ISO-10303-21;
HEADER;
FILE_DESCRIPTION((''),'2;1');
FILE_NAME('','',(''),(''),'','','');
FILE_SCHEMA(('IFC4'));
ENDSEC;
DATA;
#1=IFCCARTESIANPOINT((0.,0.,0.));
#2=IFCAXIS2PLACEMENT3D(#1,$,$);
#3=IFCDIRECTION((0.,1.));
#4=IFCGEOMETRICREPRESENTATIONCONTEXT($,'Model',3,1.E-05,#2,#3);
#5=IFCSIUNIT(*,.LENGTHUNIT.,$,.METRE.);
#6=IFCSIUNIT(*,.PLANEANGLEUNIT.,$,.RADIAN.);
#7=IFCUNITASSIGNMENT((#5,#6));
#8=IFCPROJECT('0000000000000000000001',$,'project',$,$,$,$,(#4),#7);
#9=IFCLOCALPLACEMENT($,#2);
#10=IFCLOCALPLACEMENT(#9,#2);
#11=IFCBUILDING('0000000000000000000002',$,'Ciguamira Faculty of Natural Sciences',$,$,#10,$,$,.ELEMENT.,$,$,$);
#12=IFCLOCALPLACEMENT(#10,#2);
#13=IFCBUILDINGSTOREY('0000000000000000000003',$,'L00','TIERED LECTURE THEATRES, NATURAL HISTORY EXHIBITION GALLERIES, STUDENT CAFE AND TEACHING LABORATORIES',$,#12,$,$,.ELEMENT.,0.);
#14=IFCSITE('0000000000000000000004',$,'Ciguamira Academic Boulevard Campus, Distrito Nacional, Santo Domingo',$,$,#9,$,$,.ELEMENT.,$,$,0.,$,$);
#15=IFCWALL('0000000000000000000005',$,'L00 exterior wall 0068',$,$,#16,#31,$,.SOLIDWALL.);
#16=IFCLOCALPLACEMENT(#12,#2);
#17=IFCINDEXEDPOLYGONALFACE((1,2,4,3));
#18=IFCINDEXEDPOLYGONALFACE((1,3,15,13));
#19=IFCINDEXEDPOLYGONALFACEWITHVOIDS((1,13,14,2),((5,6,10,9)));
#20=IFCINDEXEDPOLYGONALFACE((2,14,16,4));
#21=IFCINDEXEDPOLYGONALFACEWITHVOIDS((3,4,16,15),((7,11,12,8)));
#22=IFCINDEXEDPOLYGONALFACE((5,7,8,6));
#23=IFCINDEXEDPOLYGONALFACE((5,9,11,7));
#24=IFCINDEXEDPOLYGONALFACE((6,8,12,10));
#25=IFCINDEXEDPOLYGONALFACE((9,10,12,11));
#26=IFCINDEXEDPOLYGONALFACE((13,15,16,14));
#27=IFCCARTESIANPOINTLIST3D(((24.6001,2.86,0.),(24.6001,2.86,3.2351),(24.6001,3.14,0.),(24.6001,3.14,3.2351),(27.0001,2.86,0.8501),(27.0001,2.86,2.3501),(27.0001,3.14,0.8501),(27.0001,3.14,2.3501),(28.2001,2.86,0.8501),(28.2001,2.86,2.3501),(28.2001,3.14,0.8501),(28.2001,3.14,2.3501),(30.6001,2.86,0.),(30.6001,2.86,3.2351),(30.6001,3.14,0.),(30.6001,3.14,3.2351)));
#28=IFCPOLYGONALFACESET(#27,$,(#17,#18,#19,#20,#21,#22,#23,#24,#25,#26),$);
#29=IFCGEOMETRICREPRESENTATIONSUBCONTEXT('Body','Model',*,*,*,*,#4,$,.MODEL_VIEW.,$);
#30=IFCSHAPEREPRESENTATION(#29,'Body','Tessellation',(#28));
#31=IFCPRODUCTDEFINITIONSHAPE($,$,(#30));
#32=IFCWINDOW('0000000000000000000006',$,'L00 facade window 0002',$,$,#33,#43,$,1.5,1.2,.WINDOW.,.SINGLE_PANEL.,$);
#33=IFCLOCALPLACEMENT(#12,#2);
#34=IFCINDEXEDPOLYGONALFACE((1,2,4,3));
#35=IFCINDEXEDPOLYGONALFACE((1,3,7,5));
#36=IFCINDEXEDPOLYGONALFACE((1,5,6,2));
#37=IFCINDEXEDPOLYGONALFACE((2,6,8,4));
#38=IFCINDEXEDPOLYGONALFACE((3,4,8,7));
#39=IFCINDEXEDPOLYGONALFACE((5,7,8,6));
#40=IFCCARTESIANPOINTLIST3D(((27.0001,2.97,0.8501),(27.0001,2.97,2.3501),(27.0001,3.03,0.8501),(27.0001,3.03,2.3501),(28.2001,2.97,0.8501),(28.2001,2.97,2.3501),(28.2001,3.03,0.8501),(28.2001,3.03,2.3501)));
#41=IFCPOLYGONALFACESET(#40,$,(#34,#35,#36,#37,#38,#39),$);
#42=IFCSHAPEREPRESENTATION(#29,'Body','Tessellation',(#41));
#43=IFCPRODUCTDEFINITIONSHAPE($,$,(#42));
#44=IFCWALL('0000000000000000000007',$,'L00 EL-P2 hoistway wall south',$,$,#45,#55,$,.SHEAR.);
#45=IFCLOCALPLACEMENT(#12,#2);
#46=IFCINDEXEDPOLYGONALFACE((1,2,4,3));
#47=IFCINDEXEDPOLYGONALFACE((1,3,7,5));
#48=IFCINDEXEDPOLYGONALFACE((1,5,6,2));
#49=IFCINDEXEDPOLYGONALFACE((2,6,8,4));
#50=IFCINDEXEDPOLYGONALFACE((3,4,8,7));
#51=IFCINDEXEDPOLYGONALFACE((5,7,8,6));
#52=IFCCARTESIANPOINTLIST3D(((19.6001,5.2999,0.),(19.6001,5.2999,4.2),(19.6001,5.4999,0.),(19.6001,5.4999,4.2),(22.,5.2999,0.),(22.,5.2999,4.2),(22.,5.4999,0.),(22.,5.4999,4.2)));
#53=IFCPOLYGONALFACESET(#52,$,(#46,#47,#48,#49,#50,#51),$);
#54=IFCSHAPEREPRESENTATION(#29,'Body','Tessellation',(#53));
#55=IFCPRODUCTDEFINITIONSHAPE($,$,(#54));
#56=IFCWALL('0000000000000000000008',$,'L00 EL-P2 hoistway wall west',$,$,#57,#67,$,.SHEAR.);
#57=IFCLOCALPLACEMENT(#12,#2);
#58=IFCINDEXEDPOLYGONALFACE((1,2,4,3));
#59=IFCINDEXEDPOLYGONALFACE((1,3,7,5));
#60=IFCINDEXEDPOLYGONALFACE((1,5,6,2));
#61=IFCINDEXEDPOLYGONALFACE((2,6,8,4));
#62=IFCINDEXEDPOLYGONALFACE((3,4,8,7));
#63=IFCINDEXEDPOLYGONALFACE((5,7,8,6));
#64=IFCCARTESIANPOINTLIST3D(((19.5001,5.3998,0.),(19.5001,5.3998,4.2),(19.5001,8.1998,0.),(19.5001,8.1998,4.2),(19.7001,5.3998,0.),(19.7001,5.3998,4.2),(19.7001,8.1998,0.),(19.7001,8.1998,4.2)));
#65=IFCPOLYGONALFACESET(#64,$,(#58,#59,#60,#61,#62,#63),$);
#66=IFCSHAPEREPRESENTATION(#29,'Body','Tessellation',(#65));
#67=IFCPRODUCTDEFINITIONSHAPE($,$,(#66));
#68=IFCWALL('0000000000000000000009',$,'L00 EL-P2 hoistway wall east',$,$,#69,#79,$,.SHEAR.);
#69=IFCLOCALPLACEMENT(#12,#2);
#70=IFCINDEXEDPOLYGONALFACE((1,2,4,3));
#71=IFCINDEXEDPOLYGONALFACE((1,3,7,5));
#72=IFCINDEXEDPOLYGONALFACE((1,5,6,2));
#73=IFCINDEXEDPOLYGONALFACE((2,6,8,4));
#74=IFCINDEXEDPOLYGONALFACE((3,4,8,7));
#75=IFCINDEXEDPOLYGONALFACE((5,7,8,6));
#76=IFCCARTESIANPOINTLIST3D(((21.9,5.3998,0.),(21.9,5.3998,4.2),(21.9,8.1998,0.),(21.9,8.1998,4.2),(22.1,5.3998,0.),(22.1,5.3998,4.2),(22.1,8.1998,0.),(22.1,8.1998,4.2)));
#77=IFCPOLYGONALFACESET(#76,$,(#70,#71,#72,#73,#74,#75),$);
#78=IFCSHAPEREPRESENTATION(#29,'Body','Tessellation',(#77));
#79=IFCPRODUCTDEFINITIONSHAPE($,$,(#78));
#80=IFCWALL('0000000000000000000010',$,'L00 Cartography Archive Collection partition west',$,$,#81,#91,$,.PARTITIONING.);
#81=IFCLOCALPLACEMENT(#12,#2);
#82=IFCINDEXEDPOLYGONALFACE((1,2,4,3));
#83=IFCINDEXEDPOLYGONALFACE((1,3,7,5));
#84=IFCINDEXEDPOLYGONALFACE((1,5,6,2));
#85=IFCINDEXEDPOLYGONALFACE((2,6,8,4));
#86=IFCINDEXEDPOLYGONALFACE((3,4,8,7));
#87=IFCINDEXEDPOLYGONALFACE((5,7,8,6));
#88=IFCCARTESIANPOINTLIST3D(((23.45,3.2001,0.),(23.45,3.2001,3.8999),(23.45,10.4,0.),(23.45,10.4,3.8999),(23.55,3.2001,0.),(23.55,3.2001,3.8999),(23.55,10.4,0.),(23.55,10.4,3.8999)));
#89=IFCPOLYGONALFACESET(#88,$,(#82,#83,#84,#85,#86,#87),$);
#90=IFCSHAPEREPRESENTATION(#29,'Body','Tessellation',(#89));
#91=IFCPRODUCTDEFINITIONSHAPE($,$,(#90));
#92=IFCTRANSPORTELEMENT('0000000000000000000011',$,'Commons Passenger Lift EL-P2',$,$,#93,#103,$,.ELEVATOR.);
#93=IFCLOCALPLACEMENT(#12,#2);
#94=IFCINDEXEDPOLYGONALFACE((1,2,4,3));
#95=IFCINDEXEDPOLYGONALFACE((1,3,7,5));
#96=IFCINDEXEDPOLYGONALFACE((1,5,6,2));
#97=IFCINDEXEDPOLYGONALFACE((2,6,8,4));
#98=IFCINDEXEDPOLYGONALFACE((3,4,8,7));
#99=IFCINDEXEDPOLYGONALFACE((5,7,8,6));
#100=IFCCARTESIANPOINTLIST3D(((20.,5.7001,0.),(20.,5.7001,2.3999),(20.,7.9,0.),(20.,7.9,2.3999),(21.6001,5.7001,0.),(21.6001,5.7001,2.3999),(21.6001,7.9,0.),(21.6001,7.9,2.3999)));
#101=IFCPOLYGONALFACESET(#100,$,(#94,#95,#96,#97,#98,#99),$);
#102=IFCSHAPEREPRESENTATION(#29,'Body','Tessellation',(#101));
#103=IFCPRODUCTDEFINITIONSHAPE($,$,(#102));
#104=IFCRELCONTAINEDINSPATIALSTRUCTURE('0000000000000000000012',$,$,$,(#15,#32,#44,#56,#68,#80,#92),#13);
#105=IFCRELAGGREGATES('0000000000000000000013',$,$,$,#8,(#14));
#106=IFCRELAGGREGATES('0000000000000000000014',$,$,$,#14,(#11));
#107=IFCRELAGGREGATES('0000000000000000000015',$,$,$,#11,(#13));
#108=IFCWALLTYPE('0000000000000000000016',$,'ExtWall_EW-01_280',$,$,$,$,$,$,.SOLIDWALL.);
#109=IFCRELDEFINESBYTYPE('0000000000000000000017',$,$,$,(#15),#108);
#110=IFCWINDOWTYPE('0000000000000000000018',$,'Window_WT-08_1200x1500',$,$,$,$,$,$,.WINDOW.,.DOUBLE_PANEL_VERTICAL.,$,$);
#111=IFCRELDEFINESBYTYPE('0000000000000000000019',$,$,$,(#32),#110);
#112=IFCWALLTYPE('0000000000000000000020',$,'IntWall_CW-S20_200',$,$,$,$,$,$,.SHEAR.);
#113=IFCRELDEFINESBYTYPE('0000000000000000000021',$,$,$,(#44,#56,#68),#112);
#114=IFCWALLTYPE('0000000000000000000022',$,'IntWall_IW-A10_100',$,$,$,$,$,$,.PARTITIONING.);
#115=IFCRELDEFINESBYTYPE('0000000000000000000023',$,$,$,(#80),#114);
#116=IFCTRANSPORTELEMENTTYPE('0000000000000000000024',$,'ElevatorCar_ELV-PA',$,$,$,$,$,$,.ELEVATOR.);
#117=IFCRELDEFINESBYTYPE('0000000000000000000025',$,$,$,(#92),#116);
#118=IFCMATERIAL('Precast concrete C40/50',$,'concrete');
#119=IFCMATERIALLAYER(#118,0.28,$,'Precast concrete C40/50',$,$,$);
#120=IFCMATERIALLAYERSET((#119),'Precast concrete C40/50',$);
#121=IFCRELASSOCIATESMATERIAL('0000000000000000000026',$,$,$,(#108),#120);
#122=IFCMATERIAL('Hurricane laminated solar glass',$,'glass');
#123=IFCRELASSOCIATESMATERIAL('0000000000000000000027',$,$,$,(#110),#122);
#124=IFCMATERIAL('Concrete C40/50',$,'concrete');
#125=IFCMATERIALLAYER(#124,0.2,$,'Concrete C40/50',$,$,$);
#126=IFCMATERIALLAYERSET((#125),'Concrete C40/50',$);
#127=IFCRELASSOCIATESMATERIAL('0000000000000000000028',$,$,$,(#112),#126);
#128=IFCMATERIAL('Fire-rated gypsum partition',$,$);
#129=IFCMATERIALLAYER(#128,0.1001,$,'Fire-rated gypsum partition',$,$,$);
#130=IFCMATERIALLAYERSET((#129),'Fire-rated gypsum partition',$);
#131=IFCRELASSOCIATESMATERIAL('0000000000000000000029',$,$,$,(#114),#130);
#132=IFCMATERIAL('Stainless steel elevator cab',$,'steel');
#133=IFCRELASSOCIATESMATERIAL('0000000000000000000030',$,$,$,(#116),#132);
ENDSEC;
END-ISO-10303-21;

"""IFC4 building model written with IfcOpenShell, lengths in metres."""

from ifc_helpers import new_model, si_unit, direction, frame, frame_2d, origin, origin_2d, place, context, subcontext, project, spatial, rectangle, extrude, material, layer, layer_set, type_object, element, fill, save


model = new_model("IFC4")

# Units and contexts
model_context = context("Model", 3, precision=1e-05, world=origin(), true_north=direction((0.0, 1.0)))
body_context = subcontext(model_context, "Body", "Model", "MODEL_VIEW")
ifc_project = project(units=[si_unit("LENGTHUNIT", "METRE"), si_unit("PLANEANGLEUNIT", "RADIAN")], contexts=[model_context])

# Site, building, storey
site_placement = place(None, origin())
site = spatial("IfcSite", under=ifc_project, at=site_placement, Name="Ciguamira Academic Boulevard Campus, Distrito Nacional, Santo Domingo", CompositionType="ELEMENT", RefElevation=0.0)
building_placement = place(site_placement, origin())
building = spatial("IfcBuilding", under=site, at=building_placement, Name="Ciguamira Faculty of Natural Sciences", CompositionType="ELEMENT")
storey_placement = place(building_placement, origin())
storey = spatial("IfcBuildingStorey", under=building, at=storey_placement, Name="L00", Description="TIERED LECTURE THEATRES, NATURAL HISTORY EXHIBITION GALLERIES, STUDENT CAFE AND TEACHING LABORATORIES", CompositionType="ELEMENT", Elevation=0.0)

# Shared definitions
ifc_material_1 = material(Name="Concrete C40/50", Category="concrete")

# Wall, opening, window
ifc_material_2 = material(Name="Precast concrete C40/50", Category="concrete")
ifc_layer_1 = layer(ifc_material_2, 0.28, Name="Precast concrete C40/50")
ifc_layer_set_1 = layer_set([ifc_layer_1], Name="Precast concrete C40/50")
wall_type_1 = type_object("IfcWallType", Name="ExtWall_EW-01_280", PredefinedType="SOLIDWALL", material=ifc_layer_set_1)
wall_1_placement = place(storey_placement, frame((24.6001, 3.0, 0.0), z_axis=(0.0, 0.0, 1.0), x_axis=(1.0, 0.0, 0.0)))
wall_1 = element("IfcWall", 1, at=wall_1_placement, inside=storey, type_object=wall_type_1, Name="L00 exterior wall 0068", PredefinedType="SOLIDWALL", context=body_context, shape_type="SweptSolid", body=[
    extrude(rectangle(XDim=6.0, YDim=0.28, at=frame_2d((3.0, 0.0))), origin(), (0.0, 0.0, 1.0), 3.2351),
])
opening_1_placement = place(wall_1_placement, frame((2.3999, 0.0, 0.8501)))
opening_1 = element("IfcOpeningElement", 2, at=opening_1_placement, cuts=wall_1, PredefinedType="OPENING", context=body_context, shape_type="SweptSolid", body=[
    extrude(rectangle(XDim=1.2, YDim=1.5, at=frame_2d((0.6001, 0.75))), frame((0.0, 0.1499, 0.0), z_axis=(0.0, -1.0, 0.0), x_axis=(1.0, 0.0, 0.0)), (0.0, 0.0, 1.0), 0.3),
])
ifc_material_3 = material(Name="Hurricane laminated solar glass", Category="glass")
window_type = type_object("IfcWindowType", Name="Window_WT-08_1200x1500", PartitioningType="DOUBLE_PANEL_VERTICAL", PredefinedType="WINDOW", material=ifc_material_3)
window_placement = place(opening_1_placement, origin())
window = element("IfcWindow", 3, at=window_placement, inside=storey, type_object=window_type, Name="L00 facade window 0002", OverallHeight=1.5, OverallWidth=1.2, PartitioningType="SINGLE_PANEL", PredefinedType="WINDOW", context=body_context, shape_type="SweptSolid", body=[
    extrude(rectangle(XDim=1.2, YDim=1.5, at=frame_2d((0.6001, 0.75))), frame((0.0, 0.03, 0.0), z_axis=(0.0, -1.0, 0.0), x_axis=(1.0, 0.0, 0.0)), (0.0, 0.0, 1.0), 0.0601),
])
fill(opening_1, window)

# Wall
ifc_layer_2 = layer(ifc_material_1, 0.2, Name="Concrete C40/50")
ifc_layer_set_2 = layer_set([ifc_layer_2], Name="Concrete C40/50")
wall_type_2 = type_object("IfcWallType", Name="IntWall_CW-S20_200", PredefinedType="SHEAR", material=ifc_layer_set_2)
wall_2_placement = place(storey_placement, frame((19.6001, 5.3999, 0.0), z_axis=(0.0, 0.0, 1.0), x_axis=(1.0, 0.0, 0.0)))
element("IfcWall", 4, at=wall_2_placement, inside=storey, type_object=wall_type_2, Name="L00 EL-P2 hoistway wall south", PredefinedType="SHEAR", context=body_context, shape_type="SweptSolid", body=[
    extrude(rectangle(XDim=2.3999, YDim=0.2, at=frame_2d((1.2, 0.0))), origin(), (0.0, 0.0, 1.0), 4.2),
])

# Walls
for number, where, z_axis, x_axis, name in (
    (5, (19.6001, 5.3999, 0.0), (0.0, 0.0, 1.0), (0.0, 1.0, 0.0), "L00 EL-P2 hoistway wall west"),
    (6, (22.0, 5.3999, 0.0), (0.0, 0.0, 1.0), (0.0, 1.0, 0.0), "L00 EL-P2 hoistway wall east"),
):
    element("IfcWall", number, at=place(storey_placement, frame(where, z_axis=z_axis, x_axis=x_axis)), inside=storey, type_object=wall_type_2, Name=name, PredefinedType="SHEAR", context=body_context, shape_type="SweptSolid", body=[
        extrude(rectangle(XDim=2.8, YDim=0.2, at=frame_2d((1.3999, 0.0))), origin(), (0.0, 0.0, 1.0), 4.2),
    ])
ifc_material_4 = material(Name="Fire-rated gypsum partition")
ifc_layer_3 = layer(ifc_material_4, 0.1001, Name="Fire-rated gypsum partition")
ifc_layer_set_3 = layer_set([ifc_layer_3], Name="Fire-rated gypsum partition")
wall_type_3 = type_object("IfcWallType", Name="IntWall_IW-A10_100", PredefinedType="PARTITIONING", material=ifc_layer_set_3)
wall_3_placement = place(storey_placement, frame((23.5, 3.2, 0.0), z_axis=(0.0, 0.0, 1.0), x_axis=(0.0, 1.0, 0.0)))
element("IfcWall", 7, at=wall_3_placement, inside=storey, type_object=wall_type_3, Name="L00 Cartography Archive Collection partition west", PredefinedType="PARTITIONING", context=body_context, shape_type="SweptSolid", body=[
    extrude(rectangle(XDim=7.2, YDim=0.1001, at=frame_2d((3.6001, 0.0))), origin(), (0.0, 0.0, 1.0), 3.8999),
])

# Transport element
ifc_material_5 = material(Name="Stainless steel elevator cab", Category="steel")
transport_element_type = type_object("IfcTransportElementType", Name="ElevatorCar_ELV-PA", PredefinedType="ELEVATOR", material=ifc_material_5)
transport_element_placement = place(storey_placement, frame((20.8, 6.8, 0.0), z_axis=(0.0, 0.0, 1.0), x_axis=(1.0, 0.0, 0.0)))
element("IfcTransportElement", 8, at=transport_element_placement, inside=storey, type_object=transport_element_type, Name="Commons Passenger Lift EL-P2", PredefinedType="ELEVATOR", context=body_context, shape_type="SweptSolid", body=[
    extrude(rectangle(XDim=1.6001, YDim=2.2, at=origin_2d()), origin(), (0.0, 0.0, 1.0), 2.3999),
])

save(model, "model.ifc")
